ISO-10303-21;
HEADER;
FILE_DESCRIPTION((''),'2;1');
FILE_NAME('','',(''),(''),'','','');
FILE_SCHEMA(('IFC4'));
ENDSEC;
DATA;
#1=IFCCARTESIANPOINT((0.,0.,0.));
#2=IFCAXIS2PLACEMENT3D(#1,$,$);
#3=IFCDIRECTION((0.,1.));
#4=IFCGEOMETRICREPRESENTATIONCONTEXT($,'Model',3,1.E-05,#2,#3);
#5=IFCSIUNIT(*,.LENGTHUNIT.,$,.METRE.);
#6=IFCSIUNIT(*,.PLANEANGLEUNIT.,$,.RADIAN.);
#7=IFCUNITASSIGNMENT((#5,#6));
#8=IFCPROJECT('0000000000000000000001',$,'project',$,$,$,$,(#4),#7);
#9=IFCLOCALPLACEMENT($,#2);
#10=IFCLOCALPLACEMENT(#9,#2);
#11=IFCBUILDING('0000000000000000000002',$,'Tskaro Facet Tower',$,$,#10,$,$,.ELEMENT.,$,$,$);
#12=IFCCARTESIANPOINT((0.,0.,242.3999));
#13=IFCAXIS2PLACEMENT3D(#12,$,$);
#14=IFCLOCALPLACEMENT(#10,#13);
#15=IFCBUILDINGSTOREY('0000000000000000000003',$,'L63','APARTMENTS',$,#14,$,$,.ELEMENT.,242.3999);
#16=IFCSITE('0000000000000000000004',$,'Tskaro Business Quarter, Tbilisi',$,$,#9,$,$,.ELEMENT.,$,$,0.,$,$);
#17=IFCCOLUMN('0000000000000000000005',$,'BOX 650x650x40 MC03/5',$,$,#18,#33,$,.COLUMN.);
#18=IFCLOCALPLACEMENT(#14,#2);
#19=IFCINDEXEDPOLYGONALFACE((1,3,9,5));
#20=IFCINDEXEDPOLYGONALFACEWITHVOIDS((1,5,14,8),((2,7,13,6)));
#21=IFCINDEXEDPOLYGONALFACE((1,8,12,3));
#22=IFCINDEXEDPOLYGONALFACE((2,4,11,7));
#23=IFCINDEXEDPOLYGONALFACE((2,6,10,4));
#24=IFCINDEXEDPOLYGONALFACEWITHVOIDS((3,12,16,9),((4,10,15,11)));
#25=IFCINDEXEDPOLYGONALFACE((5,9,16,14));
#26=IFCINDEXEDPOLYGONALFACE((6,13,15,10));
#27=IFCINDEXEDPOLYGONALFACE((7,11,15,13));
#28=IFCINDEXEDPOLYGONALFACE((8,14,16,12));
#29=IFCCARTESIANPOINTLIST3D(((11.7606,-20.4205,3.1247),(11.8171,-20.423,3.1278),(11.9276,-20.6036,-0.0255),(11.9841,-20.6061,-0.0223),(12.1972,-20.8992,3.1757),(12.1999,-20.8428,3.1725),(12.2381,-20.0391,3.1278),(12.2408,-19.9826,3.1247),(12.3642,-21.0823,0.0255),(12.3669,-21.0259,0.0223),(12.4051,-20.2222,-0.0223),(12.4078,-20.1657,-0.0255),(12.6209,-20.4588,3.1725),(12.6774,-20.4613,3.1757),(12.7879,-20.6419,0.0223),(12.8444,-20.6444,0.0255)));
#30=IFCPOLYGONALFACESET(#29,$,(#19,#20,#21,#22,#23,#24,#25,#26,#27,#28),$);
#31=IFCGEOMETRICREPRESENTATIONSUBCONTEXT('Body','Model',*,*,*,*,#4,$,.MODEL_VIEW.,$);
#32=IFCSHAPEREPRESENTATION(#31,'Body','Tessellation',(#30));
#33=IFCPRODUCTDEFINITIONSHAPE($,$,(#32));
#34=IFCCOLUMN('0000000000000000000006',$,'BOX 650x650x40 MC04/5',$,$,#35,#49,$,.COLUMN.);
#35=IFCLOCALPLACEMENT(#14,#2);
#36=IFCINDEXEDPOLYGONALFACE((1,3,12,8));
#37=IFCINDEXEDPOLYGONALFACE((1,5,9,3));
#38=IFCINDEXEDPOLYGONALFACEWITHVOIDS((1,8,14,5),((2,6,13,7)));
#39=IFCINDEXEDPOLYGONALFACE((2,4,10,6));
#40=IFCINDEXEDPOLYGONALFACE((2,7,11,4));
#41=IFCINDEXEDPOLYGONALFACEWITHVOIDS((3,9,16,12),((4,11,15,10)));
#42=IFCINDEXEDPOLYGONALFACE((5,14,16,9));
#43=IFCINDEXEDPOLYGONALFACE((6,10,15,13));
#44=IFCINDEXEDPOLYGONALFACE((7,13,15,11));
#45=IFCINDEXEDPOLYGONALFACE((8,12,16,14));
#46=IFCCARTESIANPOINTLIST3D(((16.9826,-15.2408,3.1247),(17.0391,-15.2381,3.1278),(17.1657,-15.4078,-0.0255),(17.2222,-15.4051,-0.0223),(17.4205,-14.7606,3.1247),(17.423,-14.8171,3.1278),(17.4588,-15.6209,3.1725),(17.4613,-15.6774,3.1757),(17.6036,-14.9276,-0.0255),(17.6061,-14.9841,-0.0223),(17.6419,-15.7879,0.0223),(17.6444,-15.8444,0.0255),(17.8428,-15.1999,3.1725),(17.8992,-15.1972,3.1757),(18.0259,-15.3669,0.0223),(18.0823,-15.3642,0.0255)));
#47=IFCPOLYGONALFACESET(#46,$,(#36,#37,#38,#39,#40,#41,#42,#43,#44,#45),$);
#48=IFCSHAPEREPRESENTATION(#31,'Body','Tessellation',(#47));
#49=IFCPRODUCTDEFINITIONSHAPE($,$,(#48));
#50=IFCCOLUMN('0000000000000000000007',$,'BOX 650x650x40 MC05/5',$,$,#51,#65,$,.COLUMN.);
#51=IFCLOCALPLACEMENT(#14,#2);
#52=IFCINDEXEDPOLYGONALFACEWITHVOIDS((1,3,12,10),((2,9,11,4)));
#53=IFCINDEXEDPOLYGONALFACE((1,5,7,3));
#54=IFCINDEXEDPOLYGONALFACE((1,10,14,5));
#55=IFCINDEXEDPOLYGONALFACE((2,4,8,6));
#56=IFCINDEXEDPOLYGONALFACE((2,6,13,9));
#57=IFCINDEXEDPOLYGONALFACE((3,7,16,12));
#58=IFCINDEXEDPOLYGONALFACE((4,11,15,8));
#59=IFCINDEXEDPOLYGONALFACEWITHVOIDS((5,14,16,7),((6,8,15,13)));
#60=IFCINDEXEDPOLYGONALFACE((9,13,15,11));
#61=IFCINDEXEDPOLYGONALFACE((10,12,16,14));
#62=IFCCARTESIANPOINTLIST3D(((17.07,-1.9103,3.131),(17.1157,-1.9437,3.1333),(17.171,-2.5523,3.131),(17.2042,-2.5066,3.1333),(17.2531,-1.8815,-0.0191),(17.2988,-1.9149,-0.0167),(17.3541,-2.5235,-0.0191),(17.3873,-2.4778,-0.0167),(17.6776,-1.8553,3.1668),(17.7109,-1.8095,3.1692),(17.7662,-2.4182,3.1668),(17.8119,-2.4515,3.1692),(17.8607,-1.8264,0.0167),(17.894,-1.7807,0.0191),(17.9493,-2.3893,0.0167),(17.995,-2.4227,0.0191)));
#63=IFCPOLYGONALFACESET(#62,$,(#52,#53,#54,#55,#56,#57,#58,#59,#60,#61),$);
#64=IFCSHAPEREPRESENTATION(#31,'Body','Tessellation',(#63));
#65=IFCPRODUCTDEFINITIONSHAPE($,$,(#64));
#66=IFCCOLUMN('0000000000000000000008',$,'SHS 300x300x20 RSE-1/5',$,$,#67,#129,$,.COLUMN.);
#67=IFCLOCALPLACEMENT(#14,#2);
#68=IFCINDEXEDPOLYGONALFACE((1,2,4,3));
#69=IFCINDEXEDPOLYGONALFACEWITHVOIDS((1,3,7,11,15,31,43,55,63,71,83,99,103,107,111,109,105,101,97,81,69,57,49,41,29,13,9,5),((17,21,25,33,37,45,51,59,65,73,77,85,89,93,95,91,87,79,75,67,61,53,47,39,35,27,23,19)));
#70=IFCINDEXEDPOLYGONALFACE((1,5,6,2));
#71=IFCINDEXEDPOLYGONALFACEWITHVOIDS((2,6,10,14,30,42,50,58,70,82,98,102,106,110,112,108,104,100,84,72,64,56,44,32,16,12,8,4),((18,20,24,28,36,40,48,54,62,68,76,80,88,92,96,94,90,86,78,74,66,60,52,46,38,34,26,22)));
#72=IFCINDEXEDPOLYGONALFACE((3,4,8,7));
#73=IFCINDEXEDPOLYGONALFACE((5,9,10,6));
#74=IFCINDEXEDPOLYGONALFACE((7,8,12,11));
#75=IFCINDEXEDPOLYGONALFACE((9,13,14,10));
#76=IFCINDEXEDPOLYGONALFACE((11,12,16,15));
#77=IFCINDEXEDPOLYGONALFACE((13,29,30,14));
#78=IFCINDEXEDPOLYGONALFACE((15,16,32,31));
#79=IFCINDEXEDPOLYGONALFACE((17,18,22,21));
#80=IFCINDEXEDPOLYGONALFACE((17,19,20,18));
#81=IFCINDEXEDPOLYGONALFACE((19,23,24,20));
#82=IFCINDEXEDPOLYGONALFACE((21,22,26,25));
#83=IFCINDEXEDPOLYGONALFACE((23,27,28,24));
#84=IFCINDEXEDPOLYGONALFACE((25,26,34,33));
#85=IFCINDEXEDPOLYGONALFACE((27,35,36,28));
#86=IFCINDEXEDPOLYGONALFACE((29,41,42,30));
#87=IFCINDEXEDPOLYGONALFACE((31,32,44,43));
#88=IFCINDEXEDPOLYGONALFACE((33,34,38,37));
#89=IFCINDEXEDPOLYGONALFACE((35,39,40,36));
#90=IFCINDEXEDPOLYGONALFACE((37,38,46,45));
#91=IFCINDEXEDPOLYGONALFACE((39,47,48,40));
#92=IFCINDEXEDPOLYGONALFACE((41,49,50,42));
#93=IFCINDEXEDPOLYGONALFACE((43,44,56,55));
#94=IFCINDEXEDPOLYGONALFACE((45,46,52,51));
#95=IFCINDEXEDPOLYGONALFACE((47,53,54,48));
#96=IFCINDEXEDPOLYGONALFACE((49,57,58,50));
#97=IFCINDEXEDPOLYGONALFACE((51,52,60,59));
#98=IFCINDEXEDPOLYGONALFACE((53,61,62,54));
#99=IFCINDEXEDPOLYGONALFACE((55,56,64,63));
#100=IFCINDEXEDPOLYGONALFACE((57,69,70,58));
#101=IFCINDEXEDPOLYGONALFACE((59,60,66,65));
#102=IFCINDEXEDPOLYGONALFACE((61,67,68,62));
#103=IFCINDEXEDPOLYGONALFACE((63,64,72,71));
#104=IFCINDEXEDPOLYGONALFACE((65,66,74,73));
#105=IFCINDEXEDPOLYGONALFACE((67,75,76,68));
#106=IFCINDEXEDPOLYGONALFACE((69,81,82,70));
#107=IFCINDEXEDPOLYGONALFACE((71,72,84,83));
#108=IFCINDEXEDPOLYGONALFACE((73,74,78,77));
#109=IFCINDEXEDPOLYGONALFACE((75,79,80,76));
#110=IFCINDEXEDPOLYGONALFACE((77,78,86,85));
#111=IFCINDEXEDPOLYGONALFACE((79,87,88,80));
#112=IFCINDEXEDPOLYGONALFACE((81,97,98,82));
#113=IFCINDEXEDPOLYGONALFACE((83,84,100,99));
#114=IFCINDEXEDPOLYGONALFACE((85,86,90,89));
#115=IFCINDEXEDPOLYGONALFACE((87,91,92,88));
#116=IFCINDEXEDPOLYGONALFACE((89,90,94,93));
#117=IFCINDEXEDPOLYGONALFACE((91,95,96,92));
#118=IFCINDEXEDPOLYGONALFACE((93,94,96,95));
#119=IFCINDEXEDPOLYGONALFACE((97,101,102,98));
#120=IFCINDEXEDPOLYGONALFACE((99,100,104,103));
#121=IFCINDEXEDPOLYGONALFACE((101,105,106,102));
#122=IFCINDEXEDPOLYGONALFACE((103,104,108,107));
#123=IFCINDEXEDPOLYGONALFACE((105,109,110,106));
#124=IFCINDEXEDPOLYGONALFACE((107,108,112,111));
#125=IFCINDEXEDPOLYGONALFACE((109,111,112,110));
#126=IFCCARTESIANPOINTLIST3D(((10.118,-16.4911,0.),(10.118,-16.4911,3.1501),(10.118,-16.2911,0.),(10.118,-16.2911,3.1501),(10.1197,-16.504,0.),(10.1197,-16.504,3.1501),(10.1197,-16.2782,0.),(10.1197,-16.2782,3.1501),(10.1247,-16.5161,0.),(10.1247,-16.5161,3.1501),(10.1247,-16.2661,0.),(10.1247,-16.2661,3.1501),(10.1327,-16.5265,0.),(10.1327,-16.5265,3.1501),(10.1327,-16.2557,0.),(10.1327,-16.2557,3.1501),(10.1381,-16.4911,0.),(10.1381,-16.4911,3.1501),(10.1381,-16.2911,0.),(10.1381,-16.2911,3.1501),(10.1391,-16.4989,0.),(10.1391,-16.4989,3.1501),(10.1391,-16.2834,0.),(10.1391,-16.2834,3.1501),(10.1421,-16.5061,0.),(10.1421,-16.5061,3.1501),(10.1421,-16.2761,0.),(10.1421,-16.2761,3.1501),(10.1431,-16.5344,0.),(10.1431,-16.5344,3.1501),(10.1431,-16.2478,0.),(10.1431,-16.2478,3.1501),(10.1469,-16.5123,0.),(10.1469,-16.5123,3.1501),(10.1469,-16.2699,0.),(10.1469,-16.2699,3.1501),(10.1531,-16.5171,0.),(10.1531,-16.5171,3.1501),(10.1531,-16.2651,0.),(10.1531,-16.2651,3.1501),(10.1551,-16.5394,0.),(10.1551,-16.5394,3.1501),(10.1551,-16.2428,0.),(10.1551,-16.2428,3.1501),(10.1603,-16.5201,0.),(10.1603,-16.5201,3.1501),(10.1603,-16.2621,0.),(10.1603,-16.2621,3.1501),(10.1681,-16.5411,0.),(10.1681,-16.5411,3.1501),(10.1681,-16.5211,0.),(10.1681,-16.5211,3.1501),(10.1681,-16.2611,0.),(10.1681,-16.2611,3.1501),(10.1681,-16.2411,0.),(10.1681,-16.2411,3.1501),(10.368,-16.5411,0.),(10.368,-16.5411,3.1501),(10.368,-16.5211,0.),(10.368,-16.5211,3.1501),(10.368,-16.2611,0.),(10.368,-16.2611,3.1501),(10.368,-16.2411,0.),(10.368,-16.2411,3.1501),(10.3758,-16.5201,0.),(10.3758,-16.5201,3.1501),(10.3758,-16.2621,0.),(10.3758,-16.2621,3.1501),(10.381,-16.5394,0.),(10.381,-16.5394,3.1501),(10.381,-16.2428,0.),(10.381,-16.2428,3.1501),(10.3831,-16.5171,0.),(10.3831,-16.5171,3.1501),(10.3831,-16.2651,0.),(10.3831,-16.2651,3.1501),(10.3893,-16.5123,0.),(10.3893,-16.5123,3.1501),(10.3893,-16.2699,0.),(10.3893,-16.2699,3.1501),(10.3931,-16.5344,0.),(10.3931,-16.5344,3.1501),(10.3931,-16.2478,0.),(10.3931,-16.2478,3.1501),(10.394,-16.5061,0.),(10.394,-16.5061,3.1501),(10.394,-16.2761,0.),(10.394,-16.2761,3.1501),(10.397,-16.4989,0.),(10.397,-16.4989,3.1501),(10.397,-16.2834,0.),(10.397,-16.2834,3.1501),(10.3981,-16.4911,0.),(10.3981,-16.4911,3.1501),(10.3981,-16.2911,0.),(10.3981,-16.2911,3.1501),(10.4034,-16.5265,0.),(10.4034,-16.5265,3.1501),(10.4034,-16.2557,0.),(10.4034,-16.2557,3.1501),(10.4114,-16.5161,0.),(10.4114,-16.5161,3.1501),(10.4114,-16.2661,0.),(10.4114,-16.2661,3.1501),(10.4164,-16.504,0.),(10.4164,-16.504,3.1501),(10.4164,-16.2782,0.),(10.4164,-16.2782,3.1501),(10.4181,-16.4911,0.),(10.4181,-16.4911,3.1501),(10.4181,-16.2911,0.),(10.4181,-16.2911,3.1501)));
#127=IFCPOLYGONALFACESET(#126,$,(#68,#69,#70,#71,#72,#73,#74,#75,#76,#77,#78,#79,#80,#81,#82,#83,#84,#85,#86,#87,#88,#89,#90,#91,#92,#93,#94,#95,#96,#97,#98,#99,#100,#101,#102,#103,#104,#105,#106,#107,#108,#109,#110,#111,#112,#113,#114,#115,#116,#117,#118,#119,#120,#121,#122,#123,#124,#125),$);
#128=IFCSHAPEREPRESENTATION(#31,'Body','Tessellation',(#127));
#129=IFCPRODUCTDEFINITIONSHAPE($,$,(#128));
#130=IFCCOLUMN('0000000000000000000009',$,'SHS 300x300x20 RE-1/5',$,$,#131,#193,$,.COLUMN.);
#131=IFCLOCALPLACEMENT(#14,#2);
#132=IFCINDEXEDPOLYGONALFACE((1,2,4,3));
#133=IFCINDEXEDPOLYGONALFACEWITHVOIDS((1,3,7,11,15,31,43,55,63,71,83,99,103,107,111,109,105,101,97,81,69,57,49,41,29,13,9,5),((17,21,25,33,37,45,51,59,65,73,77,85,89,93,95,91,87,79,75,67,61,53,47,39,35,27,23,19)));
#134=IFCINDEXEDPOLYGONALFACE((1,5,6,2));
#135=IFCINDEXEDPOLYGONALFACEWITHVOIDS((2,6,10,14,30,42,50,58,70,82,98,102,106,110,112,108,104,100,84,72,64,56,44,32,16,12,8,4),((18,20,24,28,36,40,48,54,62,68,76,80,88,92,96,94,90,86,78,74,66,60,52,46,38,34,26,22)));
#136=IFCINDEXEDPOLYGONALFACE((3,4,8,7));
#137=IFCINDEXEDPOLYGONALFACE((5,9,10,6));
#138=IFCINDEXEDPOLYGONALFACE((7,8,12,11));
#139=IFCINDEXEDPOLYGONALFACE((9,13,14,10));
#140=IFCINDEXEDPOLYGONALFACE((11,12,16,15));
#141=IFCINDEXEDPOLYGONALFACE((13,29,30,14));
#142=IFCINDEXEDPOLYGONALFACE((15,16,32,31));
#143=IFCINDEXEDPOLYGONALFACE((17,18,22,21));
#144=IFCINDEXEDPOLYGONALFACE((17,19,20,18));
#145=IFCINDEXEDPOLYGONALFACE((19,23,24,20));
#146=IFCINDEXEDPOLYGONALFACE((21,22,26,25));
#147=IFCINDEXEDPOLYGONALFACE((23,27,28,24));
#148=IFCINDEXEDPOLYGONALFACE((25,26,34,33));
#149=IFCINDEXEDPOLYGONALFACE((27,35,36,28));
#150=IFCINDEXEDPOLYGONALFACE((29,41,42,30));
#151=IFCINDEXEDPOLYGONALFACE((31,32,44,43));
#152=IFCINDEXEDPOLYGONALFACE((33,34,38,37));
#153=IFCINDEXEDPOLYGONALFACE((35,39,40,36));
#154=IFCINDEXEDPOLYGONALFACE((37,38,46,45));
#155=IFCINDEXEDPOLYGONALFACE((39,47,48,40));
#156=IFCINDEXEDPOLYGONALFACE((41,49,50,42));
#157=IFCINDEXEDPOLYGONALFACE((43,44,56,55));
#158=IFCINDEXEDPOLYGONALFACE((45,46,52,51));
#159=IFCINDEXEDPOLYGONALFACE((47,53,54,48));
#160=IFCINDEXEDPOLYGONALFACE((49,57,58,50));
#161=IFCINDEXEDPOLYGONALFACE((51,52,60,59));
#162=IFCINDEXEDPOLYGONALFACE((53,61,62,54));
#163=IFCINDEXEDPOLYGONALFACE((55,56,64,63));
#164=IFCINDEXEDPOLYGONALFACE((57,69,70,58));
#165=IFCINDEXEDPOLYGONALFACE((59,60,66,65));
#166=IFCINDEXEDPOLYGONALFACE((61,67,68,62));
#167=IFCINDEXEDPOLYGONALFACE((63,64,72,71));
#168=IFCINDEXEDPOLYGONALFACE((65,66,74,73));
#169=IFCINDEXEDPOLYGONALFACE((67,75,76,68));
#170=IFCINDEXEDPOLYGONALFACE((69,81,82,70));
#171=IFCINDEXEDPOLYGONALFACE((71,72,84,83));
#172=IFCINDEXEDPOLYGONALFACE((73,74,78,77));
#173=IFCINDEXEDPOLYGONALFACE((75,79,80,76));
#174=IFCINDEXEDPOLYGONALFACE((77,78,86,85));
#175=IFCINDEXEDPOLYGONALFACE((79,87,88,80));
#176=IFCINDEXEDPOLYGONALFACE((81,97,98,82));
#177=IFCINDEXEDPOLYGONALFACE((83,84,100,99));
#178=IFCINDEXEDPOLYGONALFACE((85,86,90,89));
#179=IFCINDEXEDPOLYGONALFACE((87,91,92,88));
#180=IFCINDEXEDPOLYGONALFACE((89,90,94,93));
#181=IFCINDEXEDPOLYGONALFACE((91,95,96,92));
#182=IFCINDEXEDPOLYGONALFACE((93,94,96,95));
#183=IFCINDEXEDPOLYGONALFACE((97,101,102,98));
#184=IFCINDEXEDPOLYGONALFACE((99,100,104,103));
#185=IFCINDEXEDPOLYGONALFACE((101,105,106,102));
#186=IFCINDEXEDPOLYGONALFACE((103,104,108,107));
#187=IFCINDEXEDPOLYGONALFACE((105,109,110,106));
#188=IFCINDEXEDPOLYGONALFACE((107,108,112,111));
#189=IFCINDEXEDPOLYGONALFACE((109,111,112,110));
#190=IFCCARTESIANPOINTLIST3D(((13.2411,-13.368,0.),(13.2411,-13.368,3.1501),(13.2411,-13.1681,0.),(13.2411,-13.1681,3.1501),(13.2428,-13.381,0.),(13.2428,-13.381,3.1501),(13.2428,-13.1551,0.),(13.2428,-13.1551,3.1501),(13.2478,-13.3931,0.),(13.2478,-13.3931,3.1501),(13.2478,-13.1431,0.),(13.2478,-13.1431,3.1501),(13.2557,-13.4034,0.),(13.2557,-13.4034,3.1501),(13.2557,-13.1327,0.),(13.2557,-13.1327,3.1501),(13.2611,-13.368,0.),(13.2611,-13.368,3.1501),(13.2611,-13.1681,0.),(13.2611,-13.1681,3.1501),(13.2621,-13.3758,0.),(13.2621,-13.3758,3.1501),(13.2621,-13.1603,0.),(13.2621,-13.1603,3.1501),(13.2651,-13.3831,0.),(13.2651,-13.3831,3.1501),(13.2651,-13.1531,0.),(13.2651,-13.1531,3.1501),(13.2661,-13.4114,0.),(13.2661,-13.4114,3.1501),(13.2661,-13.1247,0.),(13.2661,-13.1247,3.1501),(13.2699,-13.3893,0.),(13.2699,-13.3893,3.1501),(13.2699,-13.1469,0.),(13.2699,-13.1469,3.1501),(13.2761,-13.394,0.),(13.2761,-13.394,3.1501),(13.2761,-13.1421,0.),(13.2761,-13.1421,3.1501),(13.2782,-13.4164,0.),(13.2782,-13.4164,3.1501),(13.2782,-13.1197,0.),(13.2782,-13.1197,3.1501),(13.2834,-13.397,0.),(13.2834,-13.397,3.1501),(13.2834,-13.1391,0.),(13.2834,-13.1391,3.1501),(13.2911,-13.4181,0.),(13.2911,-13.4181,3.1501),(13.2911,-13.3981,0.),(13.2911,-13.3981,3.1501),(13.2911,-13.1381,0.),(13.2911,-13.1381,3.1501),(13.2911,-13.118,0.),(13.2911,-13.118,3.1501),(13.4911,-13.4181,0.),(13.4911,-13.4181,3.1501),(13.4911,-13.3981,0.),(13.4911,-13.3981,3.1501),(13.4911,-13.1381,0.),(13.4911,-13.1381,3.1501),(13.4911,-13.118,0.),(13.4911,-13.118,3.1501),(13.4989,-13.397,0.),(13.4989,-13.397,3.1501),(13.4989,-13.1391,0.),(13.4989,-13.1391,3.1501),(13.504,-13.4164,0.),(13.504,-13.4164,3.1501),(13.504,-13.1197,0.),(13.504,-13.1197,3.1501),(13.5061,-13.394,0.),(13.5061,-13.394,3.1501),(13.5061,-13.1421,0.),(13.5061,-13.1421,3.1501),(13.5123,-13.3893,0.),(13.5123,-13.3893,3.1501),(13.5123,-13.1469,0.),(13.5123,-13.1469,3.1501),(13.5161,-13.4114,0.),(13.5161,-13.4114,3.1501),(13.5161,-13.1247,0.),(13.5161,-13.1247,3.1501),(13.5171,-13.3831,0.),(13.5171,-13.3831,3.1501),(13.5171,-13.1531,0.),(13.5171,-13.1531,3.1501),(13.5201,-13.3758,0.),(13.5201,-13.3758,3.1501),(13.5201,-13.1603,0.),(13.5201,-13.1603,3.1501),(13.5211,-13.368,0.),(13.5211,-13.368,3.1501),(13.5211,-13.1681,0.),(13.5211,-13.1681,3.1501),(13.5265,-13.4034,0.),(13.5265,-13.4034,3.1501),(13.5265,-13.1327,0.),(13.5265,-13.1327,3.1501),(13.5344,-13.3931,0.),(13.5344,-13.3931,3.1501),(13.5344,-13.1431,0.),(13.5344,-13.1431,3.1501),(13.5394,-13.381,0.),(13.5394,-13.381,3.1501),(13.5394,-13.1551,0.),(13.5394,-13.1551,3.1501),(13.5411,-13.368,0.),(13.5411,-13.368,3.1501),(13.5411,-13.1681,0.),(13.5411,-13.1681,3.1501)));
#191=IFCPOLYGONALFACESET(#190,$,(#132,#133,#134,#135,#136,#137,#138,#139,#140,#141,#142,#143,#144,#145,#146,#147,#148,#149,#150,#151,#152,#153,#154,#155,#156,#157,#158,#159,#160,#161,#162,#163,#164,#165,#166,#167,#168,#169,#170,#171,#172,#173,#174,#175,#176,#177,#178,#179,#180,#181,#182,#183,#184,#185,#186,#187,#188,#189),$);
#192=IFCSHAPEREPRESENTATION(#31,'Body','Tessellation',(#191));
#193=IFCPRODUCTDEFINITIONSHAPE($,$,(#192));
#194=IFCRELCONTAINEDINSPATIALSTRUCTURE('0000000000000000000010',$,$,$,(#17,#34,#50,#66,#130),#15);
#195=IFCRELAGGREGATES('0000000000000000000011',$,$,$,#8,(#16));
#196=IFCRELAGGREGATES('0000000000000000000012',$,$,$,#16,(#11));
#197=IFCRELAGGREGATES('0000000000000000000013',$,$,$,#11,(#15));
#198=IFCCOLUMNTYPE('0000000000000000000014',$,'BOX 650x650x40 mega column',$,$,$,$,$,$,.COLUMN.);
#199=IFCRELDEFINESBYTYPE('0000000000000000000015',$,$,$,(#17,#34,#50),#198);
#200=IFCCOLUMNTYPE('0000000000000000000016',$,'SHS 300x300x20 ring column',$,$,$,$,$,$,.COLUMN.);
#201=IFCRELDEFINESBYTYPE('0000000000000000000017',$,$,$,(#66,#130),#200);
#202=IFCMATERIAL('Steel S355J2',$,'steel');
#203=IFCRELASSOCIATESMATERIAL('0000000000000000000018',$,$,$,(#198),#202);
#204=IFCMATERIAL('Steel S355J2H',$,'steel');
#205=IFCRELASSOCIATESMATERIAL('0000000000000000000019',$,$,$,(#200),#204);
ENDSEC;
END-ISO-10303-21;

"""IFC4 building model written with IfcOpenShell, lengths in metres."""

from ifc_helpers import new_model, si_unit, direction, frame, origin, origin_2d, place, context, subcontext, project, spatial, hollow_rectangle, extrude, material, material_profile, profile_set, type_object, element, save


model = new_model("IFC4")

# Units and contexts
model_context = context("Model", 3, precision=1e-05, world=origin(), true_north=direction((0.0, 1.0)))
body_context = subcontext(model_context, "Body", "Model", "MODEL_VIEW")
ifc_project = project(units=[si_unit("LENGTHUNIT", "METRE"), si_unit("PLANEANGLEUNIT", "RADIAN")], contexts=[model_context])

# Site, building, storey
site_placement = place(None, origin())
site = spatial("IfcSite", under=ifc_project, at=site_placement, Name="Tskaro Business Quarter, Tbilisi", CompositionType="ELEMENT", RefElevation=0.0)
building_placement = place(site_placement, origin())
building = spatial("IfcBuilding", under=site, at=building_placement, Name="Tskaro Facet Tower", CompositionType="ELEMENT")
storey_placement = place(building_placement, frame((0.0, 0.0, 242.3999)))
storey = spatial("IfcBuildingStorey", under=building, at=storey_placement, Name="L63", Description="APARTMENTS", CompositionType="ELEMENT", Elevation=242.3999)

# Columns
ifc_material_1 = material(Name="Steel S355J2", Category="steel")
ifc_material_profile_1 = material_profile(ifc_material_1, hollow_rectangle(XDim=0.6499, YDim=0.6499, WallThickness=0.04, at=origin_2d()), Name="BOX 650x650x40")
ifc_profile_set_1 = profile_set([ifc_material_profile_1], Name="Steel S355J2")
column_type_1 = type_object("IfcColumnType", Name="BOX 650x650x40 mega column", PredefinedType="COLUMN", material=ifc_profile_set_1)
for number, where, z_axis, x_axis, name in (
    (1, (12.386, -20.624, 0.0), (-0.052848, 0.057947, 0.99692), (-0.738869, -0.673849, 0.0), "BOX 650x650x40 MC03/5"),
    (2, (17.624, -15.386, 0.0), (-0.057947, 0.052848, 0.99692), (-0.673849, -0.738869, 0.0), "BOX 650x650x40 MC04/5"),
):
    element("IfcColumn", number, at=place(storey_placement, frame(where, z_axis=z_axis, x_axis=x_axis)), inside=storey, type_object=column_type_1, Name=name, PredefinedType="COLUMN", context=body_context, shape_type="SweptSolid", body=[
        extrude(hollow_rectangle(XDim=0.6499, YDim=0.6499, WallThickness=0.04, at=origin_2d()), origin(), (0.0, 0.0, 1.0), 3.1599),
    ])
column_placement = place(storey_placement, frame((17.624, -2.1521, 0.0), z_axis=(-0.058026, -0.009129, 0.998273), x_axis=(0.155421, -0.987848, 0.0)))
element("IfcColumn", 3, at=column_placement, inside=storey, type_object=column_type_1, Name="BOX 650x650x40 MC05/5", PredefinedType="COLUMN", context=body_context, shape_type="SweptSolid", body=[
    extrude(hollow_rectangle(XDim=0.6499, YDim=0.6499, WallThickness=0.04, at=origin_2d()), origin(), (0.0, 0.0, 1.0), 3.1555),
])
ifc_material_2 = material(Name="Steel S355J2H", Category="steel")
ifc_material_profile_2 = material_profile(ifc_material_2, hollow_rectangle(XDim=0.3, YDim=0.3, WallThickness=0.02, InnerFilletRadius=0.03, OuterFilletRadius=0.05, at=origin_2d()), Name="SHS 300x300x20")
ifc_profile_set_2 = profile_set([ifc_material_profile_2], Name="Steel S355J2H")
column_type_2 = type_object("IfcColumnType", Name="SHS 300x300x20 ring column", PredefinedType="COLUMN", material=ifc_profile_set_2)
for number, where, z_axis, x_axis, name in (
    (4, (10.2681, -16.3911, 0.0), (0.0, 0.0, 1.0), (1.0, 0.0, 0.0), "SHS 300x300x20 RSE-1/5"),
    (5, (13.3911, -13.2681, 0.0), (0.0, 0.0, 1.0), (1.0, 0.0, 0.0), "SHS 300x300x20 RE-1/5"),
):
    element("IfcColumn", number, at=place(storey_placement, frame(where, z_axis=z_axis, x_axis=x_axis)), inside=storey, type_object=column_type_2, Name=name, PredefinedType="COLUMN", context=body_context, shape_type="SweptSolid", body=[
        extrude(hollow_rectangle(XDim=0.3, YDim=0.3, WallThickness=0.02, InnerFilletRadius=0.03, OuterFilletRadius=0.05, at=origin_2d()), origin(), (0.0, 0.0, 1.0), 3.1501),
    ])

save(model, "model.ifc")
